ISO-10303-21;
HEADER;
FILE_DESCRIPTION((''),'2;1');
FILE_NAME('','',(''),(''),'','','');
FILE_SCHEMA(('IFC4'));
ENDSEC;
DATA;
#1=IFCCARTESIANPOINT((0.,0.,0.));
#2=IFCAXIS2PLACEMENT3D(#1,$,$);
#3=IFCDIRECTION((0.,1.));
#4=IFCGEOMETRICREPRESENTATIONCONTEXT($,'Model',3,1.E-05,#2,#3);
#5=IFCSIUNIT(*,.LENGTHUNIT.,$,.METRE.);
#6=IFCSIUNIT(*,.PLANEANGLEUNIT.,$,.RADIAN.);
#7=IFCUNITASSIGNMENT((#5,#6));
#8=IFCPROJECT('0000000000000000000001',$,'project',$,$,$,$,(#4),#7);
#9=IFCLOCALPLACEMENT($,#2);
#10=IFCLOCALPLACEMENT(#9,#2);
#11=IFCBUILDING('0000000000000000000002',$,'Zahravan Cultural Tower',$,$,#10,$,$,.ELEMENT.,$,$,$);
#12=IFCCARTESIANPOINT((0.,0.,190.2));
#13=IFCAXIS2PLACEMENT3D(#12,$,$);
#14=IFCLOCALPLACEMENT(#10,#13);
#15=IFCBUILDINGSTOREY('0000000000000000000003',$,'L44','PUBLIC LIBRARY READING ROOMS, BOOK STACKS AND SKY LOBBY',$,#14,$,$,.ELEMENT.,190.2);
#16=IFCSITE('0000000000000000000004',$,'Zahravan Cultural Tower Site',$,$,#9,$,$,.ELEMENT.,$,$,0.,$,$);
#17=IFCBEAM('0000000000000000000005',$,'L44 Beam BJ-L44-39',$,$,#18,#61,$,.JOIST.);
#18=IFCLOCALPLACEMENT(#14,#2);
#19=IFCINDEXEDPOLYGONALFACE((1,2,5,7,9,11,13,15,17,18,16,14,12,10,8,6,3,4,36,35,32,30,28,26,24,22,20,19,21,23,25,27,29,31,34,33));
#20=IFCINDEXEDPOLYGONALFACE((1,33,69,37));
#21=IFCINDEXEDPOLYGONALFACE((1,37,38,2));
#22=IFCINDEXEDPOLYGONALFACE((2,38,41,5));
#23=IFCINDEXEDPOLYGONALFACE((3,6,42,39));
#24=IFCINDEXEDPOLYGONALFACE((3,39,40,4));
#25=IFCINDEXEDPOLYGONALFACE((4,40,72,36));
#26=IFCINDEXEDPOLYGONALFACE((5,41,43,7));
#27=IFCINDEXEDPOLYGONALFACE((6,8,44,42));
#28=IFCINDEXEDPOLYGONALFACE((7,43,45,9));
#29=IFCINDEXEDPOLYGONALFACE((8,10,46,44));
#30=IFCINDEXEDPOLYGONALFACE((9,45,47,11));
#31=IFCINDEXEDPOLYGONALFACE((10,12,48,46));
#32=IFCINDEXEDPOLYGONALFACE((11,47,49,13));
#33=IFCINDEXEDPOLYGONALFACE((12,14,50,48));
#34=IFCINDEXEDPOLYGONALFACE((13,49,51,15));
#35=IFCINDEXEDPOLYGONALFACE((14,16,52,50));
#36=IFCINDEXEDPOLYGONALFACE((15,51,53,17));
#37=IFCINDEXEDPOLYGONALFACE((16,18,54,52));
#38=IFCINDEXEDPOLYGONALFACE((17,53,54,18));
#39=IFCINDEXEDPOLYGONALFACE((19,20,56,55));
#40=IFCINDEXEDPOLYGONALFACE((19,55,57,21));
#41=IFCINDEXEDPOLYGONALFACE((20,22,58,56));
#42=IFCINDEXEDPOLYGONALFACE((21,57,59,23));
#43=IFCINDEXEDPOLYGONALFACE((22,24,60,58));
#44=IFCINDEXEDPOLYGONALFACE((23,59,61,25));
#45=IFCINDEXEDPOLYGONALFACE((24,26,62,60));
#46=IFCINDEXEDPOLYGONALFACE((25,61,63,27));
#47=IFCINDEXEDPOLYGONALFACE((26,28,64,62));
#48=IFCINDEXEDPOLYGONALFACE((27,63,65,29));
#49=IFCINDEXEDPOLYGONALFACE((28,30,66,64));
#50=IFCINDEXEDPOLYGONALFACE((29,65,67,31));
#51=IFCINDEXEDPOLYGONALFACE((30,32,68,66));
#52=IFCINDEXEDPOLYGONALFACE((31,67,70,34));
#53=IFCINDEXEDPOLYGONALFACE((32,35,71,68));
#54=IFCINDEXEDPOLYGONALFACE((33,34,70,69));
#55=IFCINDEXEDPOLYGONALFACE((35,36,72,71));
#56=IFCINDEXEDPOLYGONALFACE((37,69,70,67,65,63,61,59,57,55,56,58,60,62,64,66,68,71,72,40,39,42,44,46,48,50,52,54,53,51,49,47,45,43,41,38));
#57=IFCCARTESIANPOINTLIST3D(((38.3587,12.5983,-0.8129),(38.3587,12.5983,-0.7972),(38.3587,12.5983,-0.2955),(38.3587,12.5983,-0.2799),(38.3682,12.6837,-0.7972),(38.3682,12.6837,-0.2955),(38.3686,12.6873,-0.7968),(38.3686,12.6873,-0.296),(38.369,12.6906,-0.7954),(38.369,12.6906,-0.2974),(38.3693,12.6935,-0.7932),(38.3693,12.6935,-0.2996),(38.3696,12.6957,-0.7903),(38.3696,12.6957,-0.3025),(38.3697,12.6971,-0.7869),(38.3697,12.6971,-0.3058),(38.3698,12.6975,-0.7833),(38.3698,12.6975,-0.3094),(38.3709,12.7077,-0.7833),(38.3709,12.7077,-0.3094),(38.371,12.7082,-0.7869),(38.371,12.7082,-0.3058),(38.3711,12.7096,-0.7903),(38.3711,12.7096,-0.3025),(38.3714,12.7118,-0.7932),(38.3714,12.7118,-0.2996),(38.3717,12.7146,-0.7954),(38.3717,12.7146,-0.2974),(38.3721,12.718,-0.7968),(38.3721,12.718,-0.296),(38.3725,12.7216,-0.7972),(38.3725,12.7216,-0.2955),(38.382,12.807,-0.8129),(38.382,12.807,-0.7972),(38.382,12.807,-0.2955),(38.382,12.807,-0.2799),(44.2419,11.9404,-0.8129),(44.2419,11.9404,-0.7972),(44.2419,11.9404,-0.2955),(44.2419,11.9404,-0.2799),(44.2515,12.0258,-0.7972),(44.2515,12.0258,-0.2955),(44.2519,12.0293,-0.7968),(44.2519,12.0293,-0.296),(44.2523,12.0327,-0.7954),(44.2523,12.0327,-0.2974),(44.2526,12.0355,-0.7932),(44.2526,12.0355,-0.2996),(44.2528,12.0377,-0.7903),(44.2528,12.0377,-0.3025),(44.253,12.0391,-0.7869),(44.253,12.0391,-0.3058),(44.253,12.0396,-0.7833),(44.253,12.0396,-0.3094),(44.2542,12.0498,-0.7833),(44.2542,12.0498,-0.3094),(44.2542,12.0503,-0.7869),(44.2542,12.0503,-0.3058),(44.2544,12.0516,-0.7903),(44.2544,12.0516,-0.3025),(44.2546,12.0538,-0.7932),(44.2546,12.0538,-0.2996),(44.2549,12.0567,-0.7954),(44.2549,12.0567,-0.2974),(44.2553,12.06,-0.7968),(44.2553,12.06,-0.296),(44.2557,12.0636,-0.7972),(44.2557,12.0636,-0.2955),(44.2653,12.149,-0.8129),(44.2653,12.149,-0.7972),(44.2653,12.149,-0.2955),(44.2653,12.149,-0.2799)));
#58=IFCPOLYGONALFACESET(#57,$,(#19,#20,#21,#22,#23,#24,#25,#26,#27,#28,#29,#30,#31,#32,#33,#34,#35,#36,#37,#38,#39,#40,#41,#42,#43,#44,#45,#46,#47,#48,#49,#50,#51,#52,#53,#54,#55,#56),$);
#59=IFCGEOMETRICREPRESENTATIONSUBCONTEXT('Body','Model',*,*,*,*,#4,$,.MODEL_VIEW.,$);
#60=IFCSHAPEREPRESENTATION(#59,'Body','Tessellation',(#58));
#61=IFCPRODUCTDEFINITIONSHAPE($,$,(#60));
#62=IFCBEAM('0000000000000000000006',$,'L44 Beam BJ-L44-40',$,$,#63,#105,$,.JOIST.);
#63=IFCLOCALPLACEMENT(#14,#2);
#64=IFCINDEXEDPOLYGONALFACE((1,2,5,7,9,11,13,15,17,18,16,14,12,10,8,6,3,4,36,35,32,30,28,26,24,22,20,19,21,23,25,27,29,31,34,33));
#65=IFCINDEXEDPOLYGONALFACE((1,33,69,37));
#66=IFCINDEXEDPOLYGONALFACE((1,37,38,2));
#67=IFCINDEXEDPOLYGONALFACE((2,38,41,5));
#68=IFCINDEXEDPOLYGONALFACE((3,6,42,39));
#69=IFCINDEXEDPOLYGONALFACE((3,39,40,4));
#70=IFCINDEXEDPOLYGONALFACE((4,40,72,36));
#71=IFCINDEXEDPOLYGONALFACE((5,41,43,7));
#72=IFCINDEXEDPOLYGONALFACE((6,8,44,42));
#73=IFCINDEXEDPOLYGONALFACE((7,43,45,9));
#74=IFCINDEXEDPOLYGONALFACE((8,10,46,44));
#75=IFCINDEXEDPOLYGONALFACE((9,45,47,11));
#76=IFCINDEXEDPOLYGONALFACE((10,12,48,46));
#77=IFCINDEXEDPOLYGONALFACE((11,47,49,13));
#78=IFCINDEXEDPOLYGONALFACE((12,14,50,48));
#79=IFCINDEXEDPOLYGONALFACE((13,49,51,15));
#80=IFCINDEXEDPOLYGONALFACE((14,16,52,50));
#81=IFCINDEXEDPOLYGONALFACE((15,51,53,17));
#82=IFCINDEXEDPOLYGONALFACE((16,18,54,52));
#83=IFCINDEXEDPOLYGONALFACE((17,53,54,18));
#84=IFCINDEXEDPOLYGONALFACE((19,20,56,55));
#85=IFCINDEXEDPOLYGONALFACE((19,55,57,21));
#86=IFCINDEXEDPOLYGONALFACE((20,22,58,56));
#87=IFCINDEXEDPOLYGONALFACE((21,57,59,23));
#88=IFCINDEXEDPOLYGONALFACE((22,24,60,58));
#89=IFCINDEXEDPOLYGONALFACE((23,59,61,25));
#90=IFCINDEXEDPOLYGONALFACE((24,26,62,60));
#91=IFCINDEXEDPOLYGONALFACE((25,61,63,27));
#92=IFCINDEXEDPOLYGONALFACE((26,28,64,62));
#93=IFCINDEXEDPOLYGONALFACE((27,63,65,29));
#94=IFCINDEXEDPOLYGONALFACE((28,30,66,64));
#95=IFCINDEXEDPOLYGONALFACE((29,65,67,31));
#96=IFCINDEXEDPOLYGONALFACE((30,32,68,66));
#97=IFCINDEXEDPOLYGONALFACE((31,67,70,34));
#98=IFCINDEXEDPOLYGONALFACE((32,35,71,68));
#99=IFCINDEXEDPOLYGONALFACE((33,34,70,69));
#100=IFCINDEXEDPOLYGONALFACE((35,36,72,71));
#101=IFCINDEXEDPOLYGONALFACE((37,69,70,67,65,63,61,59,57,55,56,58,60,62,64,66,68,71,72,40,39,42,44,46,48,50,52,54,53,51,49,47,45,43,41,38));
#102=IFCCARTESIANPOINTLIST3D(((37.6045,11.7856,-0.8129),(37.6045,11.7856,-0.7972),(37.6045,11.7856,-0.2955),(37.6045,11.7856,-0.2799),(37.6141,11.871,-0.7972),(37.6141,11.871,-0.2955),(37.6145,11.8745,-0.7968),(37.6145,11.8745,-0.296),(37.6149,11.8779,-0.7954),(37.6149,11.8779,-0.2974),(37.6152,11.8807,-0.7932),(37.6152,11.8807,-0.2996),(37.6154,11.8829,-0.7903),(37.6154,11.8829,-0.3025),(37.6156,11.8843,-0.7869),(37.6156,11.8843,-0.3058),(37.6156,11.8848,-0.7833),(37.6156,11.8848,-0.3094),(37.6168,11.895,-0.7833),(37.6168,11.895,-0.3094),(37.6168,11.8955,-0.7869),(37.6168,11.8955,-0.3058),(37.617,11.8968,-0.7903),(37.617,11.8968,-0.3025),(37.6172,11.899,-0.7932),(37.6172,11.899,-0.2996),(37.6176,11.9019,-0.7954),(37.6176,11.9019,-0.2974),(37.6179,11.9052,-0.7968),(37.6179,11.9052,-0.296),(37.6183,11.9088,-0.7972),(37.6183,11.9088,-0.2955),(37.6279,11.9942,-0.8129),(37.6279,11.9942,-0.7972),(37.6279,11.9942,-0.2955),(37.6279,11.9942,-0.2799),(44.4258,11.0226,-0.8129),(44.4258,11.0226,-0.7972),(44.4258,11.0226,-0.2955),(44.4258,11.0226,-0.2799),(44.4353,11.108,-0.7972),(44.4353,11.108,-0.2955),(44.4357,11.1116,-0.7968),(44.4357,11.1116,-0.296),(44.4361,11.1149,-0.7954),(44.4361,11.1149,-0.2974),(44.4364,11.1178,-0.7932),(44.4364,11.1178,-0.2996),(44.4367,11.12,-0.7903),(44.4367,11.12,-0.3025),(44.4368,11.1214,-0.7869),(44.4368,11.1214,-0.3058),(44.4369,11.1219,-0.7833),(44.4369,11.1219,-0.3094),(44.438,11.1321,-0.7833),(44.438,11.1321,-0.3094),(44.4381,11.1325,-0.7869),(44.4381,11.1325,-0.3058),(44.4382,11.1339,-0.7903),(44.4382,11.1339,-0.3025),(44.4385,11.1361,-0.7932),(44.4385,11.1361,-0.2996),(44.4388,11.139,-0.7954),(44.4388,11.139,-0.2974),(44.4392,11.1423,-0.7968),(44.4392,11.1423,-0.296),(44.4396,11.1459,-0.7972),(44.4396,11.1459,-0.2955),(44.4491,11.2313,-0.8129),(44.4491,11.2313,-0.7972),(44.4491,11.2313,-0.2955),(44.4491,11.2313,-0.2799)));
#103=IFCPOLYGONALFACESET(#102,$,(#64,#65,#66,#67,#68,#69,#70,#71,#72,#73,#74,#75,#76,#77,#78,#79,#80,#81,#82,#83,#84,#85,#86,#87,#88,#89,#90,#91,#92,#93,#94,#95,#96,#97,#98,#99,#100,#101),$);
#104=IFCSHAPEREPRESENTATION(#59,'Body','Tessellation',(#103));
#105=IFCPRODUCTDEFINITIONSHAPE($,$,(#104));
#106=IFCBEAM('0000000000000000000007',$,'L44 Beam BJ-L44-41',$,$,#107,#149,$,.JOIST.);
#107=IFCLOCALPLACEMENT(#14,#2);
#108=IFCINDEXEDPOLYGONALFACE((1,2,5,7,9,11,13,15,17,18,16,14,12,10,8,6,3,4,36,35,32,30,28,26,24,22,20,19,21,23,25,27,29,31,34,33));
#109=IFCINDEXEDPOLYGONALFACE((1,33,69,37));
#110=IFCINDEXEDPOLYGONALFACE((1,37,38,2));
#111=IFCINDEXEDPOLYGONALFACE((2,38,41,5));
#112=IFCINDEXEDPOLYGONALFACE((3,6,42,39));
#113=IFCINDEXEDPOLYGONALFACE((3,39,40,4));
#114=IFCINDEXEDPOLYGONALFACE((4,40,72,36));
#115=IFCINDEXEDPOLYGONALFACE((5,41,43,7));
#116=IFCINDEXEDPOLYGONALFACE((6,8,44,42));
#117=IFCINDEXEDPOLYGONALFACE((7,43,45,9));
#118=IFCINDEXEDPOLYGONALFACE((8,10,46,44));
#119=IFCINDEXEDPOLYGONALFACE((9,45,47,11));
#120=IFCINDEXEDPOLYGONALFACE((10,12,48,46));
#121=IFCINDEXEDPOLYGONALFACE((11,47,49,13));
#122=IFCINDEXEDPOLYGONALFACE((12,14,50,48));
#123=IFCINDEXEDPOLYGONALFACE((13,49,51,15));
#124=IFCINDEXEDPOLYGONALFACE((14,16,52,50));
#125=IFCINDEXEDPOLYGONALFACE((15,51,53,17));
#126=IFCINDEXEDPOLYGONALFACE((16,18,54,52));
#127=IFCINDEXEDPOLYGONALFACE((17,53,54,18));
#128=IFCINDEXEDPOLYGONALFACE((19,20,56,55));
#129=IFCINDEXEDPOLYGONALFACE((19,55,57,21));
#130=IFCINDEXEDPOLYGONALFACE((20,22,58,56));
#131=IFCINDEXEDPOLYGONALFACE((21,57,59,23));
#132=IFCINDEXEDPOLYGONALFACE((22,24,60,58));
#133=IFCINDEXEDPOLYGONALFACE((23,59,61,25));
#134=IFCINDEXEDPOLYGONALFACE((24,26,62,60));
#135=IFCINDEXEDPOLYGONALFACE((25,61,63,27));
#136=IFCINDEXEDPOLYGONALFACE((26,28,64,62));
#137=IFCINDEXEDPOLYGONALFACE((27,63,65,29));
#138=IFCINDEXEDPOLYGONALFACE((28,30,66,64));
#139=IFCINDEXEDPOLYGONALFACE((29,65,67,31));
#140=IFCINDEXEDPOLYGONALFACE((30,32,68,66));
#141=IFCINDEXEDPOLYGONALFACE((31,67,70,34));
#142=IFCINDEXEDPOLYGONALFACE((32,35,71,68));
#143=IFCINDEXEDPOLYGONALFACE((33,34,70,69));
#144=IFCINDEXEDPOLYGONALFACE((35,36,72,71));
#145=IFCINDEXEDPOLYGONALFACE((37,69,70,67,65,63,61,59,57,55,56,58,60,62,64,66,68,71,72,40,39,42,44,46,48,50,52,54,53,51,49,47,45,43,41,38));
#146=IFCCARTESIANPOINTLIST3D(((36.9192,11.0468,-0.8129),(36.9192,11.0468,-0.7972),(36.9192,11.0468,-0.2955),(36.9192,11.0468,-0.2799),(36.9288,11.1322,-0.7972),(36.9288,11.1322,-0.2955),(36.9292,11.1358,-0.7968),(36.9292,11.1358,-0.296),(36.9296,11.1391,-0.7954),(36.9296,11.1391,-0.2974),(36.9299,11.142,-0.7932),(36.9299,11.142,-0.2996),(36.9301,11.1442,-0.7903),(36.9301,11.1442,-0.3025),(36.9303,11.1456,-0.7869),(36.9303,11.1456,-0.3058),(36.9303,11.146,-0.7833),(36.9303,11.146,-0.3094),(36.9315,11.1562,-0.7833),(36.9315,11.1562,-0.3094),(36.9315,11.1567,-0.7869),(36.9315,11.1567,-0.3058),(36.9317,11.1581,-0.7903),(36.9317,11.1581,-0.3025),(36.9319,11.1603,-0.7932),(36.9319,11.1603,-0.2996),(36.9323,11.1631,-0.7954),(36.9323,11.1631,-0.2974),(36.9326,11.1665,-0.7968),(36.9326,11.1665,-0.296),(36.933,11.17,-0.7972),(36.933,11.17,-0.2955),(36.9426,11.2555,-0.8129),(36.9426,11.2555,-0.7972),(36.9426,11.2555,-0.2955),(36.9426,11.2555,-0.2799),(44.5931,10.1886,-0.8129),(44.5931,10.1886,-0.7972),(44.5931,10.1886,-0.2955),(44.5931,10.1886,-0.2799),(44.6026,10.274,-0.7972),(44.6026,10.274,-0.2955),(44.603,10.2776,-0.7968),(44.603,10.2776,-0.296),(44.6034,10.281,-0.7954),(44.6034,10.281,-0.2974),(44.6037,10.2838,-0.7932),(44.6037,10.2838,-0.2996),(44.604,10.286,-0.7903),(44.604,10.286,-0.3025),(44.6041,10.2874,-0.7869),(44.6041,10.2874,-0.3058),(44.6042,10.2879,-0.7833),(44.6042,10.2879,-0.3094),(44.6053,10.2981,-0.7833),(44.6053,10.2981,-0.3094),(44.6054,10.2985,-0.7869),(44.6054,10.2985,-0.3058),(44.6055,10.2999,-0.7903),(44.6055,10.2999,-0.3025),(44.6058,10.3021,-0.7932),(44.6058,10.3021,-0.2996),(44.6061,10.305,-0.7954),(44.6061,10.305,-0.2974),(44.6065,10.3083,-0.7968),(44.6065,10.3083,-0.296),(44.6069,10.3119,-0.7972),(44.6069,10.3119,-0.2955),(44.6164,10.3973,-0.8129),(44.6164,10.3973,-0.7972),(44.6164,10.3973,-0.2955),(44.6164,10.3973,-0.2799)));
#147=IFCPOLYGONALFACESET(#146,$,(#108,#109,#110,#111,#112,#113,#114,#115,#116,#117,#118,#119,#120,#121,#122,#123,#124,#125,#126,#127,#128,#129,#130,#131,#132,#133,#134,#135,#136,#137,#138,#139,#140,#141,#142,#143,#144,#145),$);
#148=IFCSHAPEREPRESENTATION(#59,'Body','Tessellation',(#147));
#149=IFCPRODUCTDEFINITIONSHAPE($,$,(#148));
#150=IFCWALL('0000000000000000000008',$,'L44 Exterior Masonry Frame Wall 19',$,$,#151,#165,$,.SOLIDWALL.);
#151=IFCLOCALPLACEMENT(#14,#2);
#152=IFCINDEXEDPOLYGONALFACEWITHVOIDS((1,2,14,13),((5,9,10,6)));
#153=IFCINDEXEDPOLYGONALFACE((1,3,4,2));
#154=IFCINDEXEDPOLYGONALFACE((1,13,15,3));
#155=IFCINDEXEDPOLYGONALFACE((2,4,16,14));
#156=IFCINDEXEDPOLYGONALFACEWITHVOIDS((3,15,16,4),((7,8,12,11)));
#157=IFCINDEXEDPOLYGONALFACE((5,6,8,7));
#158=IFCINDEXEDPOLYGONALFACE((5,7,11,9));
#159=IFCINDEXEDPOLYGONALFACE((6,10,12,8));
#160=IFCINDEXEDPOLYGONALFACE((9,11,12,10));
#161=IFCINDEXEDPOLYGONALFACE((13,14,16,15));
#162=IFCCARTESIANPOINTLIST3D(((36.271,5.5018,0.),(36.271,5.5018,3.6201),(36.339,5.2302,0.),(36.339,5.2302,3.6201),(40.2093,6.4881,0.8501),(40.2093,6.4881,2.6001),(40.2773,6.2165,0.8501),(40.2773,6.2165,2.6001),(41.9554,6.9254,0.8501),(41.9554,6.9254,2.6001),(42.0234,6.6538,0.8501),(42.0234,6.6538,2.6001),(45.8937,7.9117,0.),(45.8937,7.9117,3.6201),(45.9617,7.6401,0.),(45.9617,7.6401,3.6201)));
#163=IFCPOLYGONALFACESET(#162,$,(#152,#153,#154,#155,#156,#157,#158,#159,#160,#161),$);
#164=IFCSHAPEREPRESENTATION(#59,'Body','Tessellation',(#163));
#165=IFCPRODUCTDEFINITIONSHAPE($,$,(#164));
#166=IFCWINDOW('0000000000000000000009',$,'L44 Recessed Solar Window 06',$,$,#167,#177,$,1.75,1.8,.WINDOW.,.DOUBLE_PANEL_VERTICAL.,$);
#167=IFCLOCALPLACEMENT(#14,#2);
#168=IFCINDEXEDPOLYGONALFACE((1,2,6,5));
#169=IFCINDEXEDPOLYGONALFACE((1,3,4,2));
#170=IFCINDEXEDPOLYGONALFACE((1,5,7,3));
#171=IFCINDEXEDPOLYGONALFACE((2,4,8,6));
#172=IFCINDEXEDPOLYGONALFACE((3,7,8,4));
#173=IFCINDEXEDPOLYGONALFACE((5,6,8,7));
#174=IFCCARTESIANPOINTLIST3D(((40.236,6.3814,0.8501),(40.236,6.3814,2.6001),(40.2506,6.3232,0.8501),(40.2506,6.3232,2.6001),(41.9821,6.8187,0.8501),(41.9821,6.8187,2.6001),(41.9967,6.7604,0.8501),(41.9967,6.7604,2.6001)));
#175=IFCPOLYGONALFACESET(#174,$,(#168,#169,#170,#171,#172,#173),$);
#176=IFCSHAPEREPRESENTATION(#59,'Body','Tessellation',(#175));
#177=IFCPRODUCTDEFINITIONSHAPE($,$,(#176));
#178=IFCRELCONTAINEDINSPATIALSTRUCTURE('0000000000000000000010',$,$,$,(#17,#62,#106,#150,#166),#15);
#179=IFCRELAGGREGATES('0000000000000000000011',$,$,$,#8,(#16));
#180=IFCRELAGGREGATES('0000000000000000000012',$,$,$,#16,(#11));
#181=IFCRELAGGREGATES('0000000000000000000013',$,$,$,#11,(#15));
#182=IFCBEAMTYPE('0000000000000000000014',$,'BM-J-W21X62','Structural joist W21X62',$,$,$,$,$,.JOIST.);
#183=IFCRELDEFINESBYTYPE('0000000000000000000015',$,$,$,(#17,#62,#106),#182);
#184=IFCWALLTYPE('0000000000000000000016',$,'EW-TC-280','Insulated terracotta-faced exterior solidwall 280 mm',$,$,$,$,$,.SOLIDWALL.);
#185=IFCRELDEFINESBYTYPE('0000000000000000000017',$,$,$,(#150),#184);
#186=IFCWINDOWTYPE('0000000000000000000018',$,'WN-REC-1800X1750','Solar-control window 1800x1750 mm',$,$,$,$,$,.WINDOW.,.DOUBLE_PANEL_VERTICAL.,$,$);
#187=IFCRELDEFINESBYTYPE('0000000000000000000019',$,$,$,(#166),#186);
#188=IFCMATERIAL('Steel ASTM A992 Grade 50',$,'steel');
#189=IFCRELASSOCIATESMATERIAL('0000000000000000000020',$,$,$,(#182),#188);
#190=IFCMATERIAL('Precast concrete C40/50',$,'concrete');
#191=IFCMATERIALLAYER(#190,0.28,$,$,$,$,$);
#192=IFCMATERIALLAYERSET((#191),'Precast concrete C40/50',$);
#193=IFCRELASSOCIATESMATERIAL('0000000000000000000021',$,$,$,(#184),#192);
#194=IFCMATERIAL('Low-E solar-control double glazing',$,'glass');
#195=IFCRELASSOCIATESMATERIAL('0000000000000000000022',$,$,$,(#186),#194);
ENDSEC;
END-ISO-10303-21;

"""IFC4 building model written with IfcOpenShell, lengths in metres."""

from ifc_helpers import new_model, si_unit, direction, frame, frame_2d, origin, origin_2d, place, context, subcontext, project, spatial, rectangle, i_section, extrude, source, transform, mapped, material, layer, layer_set, material_profile, profile_set, type_object, element, fill, save


model = new_model("IFC4")

# Units and contexts
model_context = context("Model", 3, precision=1e-05, world=origin(), true_north=direction((0.0, 1.0)))
body_context = subcontext(model_context, "Body", "Model", "MODEL_VIEW")
ifc_project = project(units=[si_unit("LENGTHUNIT", "METRE"), si_unit("PLANEANGLEUNIT", "RADIAN")], contexts=[model_context])

# Site, building, storey
site_placement = place(None, origin())
site = spatial("IfcSite", under=ifc_project, at=site_placement, Name="Zahravan Cultural Tower Site", CompositionType="ELEMENT", RefElevation=0.0)
building_placement = place(site_placement, origin())
building = spatial("IfcBuilding", under=site, at=building_placement, Name="Zahravan Cultural Tower", CompositionType="ELEMENT")
storey_placement = place(building_placement, frame((0.0, 0.0, 190.2)))
storey = spatial("IfcBuildingStorey", under=building, at=storey_placement, Name="L44", Description="PUBLIC LIBRARY READING ROOMS, BOOK STACKS AND SKY LOBBY", CompositionType="ELEMENT", Elevation=190.2)

# Shared definitions
ifc_material_1 = material(Name="Steel ASTM A992 Grade 50", Category="steel")

# Beams
ifc_material_profile_1 = material_profile(ifc_material_1, i_section(OverallWidth=0.21, OverallDepth=0.533, WebThickness=0.0103, FlangeThickness=0.0156, FilletRadius=0.0139, at=origin_2d()), Name="W21X62")
ifc_profile_set_1 = profile_set([ifc_material_profile_1], Name="Steel ASTM A992 Grade 50")
beam_type_1 = type_object("IfcBeamType", Name="BM-J-W21X62", Description="Structural joist W21X62", PredefinedType="JOIST", material=ifc_profile_set_1)
shared_shape_1 = source(origin(), body_context, "Body", "SweptSolid", [
    extrude(i_section(OverallWidth=0.21, OverallDepth=0.533, WebThickness=0.0103, FlangeThickness=0.0156, FilletRadius=0.0139, at=origin_2d()), origin(), (0.0, 0.0, 1.0), 5.9199),
])
beam_1_placement = place(storey_placement, frame((38.3704, 12.7026, -0.5464), z_axis=(0.993805, -0.111142, 0.0), x_axis=(0.111142, 0.993805, 0.0)))
element("IfcBeam", 1, at=beam_1_placement, inside=storey, type_object=beam_type_1, Name="L44 Beam BJ-L44-39", PredefinedType="JOIST", context=body_context, shape_type="MappedRepresentation", body=[
    mapped(shared_shape_1, transform((0.0, 0.0, 0.0), x_axis=(1.0, 0.0, 0.0), y_axis=(0.0, 1.0, 0.0), z_axis=(0.0, 0.0, 1.0), scale=1.0)),
])
shared_shape_2 = source(origin(), body_context, "Body", "SweptSolid", [
    extrude(i_section(OverallWidth=0.21, OverallDepth=0.533, WebThickness=0.0103, FlangeThickness=0.0156, FilletRadius=0.0139, at=origin_2d()), origin(), (0.0, 0.0, 1.0), 6.8638),
])
beam_2_placement = place(storey_placement, frame((37.6162, 11.8899, -0.5464), z_axis=(0.993803, -0.111154, 0.0), x_axis=(0.111154, 0.993803, 0.0)))
element("IfcBeam", 2, at=beam_2_placement, inside=storey, type_object=beam_type_1, Name="L44 Beam BJ-L44-40", PredefinedType="JOIST", context=body_context, shape_type="MappedRepresentation", body=[
    mapped(shared_shape_2, transform((0.0, 0.0, 0.0), x_axis=(1.0, 0.0, 0.0), y_axis=(0.0, 1.0, 0.0), z_axis=(0.0, 0.0, 1.0), scale=1.0)),
])
shared_shape_3 = source(origin(), body_context, "Body", "SweptSolid", [
    extrude(i_section(OverallWidth=0.21, OverallDepth=0.533, WebThickness=0.0103, FlangeThickness=0.0156, FilletRadius=0.0139, at=origin_2d()), origin(), (0.0, 0.0, 1.0), 7.7217),
])
beam_3_placement = place(storey_placement, frame((36.9309, 11.1511, -0.5464), z_axis=(0.993805, -0.111136, 0.0), x_axis=(0.111136, 0.993805, 0.0)))
element("IfcBeam", 3, at=beam_3_placement, inside=storey, type_object=beam_type_1, Name="L44 Beam BJ-L44-41", PredefinedType="JOIST", context=body_context, shape_type="MappedRepresentation", body=[
    mapped(shared_shape_3, transform((0.0, 0.0, 0.0), x_axis=(1.0, 0.0, 0.0), y_axis=(0.0, 1.0, 0.0), z_axis=(0.0, 0.0, 1.0), scale=1.0)),
])

# Wall, opening, window
ifc_material_2 = material(Name="Precast concrete C40/50", Category="concrete")
ifc_layer_1 = layer(ifc_material_2, 0.28)
ifc_layer_set_1 = layer_set([ifc_layer_1], Name="Precast concrete C40/50")
wall_type_1 = type_object("IfcWallType", Name="EW-TC-280", Description="Insulated terracotta-faced exterior solidwall 280 mm", PredefinedType="SOLIDWALL", material=ifc_layer_set_1)
wall_1_placement = place(storey_placement, frame((45.9277, 7.7759, 0.0), z_axis=(0.0, 0.0, 1.0), x_axis=(-0.970043, -0.242935, 0.0)))
wall_1 = element("IfcWall", 4, at=wall_1_placement, inside=storey, type_object=wall_type_1, Name="L44 Exterior Masonry Frame Wall 19", PredefinedType="SOLIDWALL", context=body_context, shape_type="SweptSolid", body=[
    extrude(rectangle(XDim=9.9199, YDim=0.28, at=frame_2d((4.96, 0.0))), origin(), (0.0, 0.0, 1.0), 3.6201),
])
opening_placement = place(wall_1_placement, frame((4.0601, 0.0, 0.8501)))
opening = element("IfcOpeningElement", 5, at=opening_placement, cuts=wall_1, PredefinedType="OPENING", context=body_context, shape_type="SweptSolid", body=[
    extrude(rectangle(XDim=1.8, YDim=1.75, at=frame_2d((0.8999, 0.875))), frame((0.0, 0.1499, 0.0), z_axis=(0.0, -1.0, 0.0), x_axis=(1.0, 0.0, 0.0)), (0.0, 0.0, 1.0), 0.3),
])
ifc_material_3 = material(Name="Low-E solar-control double glazing", Category="glass")
window_type = type_object("IfcWindowType", Name="WN-REC-1800X1750", Description="Solar-control window 1800x1750 mm", PartitioningType="DOUBLE_PANEL_VERTICAL", PredefinedType="WINDOW", material=ifc_material_3)
shared_shape_4 = source(origin(), body_context, "Body", "SweptSolid", [
    extrude(rectangle(XDim=1.8, YDim=1.75, at=frame_2d((0.8999, 0.875))), frame((0.0, 0.03, 0.0), z_axis=(0.0, -1.0, 0.0), x_axis=(1.0, 0.0, 0.0)), (0.0, 0.0, 1.0), 0.0601),
])
window_placement = place(opening_placement, origin())
window = element("IfcWindow", 6, at=window_placement, inside=storey, type_object=window_type, Name="L44 Recessed Solar Window 06", OverallHeight=1.75, OverallWidth=1.8, PartitioningType="DOUBLE_PANEL_VERTICAL", PredefinedType="WINDOW", context=body_context, shape_type="MappedRepresentation", body=[
    mapped(shared_shape_4, transform((0.0, 0.0, 0.0), x_axis=(1.0, 0.0, 0.0), y_axis=(0.0, 1.0, 0.0), z_axis=(0.0, 0.0, 1.0), scale=1.0)),
])
fill(opening, window)

save(model, "model.ifc")
